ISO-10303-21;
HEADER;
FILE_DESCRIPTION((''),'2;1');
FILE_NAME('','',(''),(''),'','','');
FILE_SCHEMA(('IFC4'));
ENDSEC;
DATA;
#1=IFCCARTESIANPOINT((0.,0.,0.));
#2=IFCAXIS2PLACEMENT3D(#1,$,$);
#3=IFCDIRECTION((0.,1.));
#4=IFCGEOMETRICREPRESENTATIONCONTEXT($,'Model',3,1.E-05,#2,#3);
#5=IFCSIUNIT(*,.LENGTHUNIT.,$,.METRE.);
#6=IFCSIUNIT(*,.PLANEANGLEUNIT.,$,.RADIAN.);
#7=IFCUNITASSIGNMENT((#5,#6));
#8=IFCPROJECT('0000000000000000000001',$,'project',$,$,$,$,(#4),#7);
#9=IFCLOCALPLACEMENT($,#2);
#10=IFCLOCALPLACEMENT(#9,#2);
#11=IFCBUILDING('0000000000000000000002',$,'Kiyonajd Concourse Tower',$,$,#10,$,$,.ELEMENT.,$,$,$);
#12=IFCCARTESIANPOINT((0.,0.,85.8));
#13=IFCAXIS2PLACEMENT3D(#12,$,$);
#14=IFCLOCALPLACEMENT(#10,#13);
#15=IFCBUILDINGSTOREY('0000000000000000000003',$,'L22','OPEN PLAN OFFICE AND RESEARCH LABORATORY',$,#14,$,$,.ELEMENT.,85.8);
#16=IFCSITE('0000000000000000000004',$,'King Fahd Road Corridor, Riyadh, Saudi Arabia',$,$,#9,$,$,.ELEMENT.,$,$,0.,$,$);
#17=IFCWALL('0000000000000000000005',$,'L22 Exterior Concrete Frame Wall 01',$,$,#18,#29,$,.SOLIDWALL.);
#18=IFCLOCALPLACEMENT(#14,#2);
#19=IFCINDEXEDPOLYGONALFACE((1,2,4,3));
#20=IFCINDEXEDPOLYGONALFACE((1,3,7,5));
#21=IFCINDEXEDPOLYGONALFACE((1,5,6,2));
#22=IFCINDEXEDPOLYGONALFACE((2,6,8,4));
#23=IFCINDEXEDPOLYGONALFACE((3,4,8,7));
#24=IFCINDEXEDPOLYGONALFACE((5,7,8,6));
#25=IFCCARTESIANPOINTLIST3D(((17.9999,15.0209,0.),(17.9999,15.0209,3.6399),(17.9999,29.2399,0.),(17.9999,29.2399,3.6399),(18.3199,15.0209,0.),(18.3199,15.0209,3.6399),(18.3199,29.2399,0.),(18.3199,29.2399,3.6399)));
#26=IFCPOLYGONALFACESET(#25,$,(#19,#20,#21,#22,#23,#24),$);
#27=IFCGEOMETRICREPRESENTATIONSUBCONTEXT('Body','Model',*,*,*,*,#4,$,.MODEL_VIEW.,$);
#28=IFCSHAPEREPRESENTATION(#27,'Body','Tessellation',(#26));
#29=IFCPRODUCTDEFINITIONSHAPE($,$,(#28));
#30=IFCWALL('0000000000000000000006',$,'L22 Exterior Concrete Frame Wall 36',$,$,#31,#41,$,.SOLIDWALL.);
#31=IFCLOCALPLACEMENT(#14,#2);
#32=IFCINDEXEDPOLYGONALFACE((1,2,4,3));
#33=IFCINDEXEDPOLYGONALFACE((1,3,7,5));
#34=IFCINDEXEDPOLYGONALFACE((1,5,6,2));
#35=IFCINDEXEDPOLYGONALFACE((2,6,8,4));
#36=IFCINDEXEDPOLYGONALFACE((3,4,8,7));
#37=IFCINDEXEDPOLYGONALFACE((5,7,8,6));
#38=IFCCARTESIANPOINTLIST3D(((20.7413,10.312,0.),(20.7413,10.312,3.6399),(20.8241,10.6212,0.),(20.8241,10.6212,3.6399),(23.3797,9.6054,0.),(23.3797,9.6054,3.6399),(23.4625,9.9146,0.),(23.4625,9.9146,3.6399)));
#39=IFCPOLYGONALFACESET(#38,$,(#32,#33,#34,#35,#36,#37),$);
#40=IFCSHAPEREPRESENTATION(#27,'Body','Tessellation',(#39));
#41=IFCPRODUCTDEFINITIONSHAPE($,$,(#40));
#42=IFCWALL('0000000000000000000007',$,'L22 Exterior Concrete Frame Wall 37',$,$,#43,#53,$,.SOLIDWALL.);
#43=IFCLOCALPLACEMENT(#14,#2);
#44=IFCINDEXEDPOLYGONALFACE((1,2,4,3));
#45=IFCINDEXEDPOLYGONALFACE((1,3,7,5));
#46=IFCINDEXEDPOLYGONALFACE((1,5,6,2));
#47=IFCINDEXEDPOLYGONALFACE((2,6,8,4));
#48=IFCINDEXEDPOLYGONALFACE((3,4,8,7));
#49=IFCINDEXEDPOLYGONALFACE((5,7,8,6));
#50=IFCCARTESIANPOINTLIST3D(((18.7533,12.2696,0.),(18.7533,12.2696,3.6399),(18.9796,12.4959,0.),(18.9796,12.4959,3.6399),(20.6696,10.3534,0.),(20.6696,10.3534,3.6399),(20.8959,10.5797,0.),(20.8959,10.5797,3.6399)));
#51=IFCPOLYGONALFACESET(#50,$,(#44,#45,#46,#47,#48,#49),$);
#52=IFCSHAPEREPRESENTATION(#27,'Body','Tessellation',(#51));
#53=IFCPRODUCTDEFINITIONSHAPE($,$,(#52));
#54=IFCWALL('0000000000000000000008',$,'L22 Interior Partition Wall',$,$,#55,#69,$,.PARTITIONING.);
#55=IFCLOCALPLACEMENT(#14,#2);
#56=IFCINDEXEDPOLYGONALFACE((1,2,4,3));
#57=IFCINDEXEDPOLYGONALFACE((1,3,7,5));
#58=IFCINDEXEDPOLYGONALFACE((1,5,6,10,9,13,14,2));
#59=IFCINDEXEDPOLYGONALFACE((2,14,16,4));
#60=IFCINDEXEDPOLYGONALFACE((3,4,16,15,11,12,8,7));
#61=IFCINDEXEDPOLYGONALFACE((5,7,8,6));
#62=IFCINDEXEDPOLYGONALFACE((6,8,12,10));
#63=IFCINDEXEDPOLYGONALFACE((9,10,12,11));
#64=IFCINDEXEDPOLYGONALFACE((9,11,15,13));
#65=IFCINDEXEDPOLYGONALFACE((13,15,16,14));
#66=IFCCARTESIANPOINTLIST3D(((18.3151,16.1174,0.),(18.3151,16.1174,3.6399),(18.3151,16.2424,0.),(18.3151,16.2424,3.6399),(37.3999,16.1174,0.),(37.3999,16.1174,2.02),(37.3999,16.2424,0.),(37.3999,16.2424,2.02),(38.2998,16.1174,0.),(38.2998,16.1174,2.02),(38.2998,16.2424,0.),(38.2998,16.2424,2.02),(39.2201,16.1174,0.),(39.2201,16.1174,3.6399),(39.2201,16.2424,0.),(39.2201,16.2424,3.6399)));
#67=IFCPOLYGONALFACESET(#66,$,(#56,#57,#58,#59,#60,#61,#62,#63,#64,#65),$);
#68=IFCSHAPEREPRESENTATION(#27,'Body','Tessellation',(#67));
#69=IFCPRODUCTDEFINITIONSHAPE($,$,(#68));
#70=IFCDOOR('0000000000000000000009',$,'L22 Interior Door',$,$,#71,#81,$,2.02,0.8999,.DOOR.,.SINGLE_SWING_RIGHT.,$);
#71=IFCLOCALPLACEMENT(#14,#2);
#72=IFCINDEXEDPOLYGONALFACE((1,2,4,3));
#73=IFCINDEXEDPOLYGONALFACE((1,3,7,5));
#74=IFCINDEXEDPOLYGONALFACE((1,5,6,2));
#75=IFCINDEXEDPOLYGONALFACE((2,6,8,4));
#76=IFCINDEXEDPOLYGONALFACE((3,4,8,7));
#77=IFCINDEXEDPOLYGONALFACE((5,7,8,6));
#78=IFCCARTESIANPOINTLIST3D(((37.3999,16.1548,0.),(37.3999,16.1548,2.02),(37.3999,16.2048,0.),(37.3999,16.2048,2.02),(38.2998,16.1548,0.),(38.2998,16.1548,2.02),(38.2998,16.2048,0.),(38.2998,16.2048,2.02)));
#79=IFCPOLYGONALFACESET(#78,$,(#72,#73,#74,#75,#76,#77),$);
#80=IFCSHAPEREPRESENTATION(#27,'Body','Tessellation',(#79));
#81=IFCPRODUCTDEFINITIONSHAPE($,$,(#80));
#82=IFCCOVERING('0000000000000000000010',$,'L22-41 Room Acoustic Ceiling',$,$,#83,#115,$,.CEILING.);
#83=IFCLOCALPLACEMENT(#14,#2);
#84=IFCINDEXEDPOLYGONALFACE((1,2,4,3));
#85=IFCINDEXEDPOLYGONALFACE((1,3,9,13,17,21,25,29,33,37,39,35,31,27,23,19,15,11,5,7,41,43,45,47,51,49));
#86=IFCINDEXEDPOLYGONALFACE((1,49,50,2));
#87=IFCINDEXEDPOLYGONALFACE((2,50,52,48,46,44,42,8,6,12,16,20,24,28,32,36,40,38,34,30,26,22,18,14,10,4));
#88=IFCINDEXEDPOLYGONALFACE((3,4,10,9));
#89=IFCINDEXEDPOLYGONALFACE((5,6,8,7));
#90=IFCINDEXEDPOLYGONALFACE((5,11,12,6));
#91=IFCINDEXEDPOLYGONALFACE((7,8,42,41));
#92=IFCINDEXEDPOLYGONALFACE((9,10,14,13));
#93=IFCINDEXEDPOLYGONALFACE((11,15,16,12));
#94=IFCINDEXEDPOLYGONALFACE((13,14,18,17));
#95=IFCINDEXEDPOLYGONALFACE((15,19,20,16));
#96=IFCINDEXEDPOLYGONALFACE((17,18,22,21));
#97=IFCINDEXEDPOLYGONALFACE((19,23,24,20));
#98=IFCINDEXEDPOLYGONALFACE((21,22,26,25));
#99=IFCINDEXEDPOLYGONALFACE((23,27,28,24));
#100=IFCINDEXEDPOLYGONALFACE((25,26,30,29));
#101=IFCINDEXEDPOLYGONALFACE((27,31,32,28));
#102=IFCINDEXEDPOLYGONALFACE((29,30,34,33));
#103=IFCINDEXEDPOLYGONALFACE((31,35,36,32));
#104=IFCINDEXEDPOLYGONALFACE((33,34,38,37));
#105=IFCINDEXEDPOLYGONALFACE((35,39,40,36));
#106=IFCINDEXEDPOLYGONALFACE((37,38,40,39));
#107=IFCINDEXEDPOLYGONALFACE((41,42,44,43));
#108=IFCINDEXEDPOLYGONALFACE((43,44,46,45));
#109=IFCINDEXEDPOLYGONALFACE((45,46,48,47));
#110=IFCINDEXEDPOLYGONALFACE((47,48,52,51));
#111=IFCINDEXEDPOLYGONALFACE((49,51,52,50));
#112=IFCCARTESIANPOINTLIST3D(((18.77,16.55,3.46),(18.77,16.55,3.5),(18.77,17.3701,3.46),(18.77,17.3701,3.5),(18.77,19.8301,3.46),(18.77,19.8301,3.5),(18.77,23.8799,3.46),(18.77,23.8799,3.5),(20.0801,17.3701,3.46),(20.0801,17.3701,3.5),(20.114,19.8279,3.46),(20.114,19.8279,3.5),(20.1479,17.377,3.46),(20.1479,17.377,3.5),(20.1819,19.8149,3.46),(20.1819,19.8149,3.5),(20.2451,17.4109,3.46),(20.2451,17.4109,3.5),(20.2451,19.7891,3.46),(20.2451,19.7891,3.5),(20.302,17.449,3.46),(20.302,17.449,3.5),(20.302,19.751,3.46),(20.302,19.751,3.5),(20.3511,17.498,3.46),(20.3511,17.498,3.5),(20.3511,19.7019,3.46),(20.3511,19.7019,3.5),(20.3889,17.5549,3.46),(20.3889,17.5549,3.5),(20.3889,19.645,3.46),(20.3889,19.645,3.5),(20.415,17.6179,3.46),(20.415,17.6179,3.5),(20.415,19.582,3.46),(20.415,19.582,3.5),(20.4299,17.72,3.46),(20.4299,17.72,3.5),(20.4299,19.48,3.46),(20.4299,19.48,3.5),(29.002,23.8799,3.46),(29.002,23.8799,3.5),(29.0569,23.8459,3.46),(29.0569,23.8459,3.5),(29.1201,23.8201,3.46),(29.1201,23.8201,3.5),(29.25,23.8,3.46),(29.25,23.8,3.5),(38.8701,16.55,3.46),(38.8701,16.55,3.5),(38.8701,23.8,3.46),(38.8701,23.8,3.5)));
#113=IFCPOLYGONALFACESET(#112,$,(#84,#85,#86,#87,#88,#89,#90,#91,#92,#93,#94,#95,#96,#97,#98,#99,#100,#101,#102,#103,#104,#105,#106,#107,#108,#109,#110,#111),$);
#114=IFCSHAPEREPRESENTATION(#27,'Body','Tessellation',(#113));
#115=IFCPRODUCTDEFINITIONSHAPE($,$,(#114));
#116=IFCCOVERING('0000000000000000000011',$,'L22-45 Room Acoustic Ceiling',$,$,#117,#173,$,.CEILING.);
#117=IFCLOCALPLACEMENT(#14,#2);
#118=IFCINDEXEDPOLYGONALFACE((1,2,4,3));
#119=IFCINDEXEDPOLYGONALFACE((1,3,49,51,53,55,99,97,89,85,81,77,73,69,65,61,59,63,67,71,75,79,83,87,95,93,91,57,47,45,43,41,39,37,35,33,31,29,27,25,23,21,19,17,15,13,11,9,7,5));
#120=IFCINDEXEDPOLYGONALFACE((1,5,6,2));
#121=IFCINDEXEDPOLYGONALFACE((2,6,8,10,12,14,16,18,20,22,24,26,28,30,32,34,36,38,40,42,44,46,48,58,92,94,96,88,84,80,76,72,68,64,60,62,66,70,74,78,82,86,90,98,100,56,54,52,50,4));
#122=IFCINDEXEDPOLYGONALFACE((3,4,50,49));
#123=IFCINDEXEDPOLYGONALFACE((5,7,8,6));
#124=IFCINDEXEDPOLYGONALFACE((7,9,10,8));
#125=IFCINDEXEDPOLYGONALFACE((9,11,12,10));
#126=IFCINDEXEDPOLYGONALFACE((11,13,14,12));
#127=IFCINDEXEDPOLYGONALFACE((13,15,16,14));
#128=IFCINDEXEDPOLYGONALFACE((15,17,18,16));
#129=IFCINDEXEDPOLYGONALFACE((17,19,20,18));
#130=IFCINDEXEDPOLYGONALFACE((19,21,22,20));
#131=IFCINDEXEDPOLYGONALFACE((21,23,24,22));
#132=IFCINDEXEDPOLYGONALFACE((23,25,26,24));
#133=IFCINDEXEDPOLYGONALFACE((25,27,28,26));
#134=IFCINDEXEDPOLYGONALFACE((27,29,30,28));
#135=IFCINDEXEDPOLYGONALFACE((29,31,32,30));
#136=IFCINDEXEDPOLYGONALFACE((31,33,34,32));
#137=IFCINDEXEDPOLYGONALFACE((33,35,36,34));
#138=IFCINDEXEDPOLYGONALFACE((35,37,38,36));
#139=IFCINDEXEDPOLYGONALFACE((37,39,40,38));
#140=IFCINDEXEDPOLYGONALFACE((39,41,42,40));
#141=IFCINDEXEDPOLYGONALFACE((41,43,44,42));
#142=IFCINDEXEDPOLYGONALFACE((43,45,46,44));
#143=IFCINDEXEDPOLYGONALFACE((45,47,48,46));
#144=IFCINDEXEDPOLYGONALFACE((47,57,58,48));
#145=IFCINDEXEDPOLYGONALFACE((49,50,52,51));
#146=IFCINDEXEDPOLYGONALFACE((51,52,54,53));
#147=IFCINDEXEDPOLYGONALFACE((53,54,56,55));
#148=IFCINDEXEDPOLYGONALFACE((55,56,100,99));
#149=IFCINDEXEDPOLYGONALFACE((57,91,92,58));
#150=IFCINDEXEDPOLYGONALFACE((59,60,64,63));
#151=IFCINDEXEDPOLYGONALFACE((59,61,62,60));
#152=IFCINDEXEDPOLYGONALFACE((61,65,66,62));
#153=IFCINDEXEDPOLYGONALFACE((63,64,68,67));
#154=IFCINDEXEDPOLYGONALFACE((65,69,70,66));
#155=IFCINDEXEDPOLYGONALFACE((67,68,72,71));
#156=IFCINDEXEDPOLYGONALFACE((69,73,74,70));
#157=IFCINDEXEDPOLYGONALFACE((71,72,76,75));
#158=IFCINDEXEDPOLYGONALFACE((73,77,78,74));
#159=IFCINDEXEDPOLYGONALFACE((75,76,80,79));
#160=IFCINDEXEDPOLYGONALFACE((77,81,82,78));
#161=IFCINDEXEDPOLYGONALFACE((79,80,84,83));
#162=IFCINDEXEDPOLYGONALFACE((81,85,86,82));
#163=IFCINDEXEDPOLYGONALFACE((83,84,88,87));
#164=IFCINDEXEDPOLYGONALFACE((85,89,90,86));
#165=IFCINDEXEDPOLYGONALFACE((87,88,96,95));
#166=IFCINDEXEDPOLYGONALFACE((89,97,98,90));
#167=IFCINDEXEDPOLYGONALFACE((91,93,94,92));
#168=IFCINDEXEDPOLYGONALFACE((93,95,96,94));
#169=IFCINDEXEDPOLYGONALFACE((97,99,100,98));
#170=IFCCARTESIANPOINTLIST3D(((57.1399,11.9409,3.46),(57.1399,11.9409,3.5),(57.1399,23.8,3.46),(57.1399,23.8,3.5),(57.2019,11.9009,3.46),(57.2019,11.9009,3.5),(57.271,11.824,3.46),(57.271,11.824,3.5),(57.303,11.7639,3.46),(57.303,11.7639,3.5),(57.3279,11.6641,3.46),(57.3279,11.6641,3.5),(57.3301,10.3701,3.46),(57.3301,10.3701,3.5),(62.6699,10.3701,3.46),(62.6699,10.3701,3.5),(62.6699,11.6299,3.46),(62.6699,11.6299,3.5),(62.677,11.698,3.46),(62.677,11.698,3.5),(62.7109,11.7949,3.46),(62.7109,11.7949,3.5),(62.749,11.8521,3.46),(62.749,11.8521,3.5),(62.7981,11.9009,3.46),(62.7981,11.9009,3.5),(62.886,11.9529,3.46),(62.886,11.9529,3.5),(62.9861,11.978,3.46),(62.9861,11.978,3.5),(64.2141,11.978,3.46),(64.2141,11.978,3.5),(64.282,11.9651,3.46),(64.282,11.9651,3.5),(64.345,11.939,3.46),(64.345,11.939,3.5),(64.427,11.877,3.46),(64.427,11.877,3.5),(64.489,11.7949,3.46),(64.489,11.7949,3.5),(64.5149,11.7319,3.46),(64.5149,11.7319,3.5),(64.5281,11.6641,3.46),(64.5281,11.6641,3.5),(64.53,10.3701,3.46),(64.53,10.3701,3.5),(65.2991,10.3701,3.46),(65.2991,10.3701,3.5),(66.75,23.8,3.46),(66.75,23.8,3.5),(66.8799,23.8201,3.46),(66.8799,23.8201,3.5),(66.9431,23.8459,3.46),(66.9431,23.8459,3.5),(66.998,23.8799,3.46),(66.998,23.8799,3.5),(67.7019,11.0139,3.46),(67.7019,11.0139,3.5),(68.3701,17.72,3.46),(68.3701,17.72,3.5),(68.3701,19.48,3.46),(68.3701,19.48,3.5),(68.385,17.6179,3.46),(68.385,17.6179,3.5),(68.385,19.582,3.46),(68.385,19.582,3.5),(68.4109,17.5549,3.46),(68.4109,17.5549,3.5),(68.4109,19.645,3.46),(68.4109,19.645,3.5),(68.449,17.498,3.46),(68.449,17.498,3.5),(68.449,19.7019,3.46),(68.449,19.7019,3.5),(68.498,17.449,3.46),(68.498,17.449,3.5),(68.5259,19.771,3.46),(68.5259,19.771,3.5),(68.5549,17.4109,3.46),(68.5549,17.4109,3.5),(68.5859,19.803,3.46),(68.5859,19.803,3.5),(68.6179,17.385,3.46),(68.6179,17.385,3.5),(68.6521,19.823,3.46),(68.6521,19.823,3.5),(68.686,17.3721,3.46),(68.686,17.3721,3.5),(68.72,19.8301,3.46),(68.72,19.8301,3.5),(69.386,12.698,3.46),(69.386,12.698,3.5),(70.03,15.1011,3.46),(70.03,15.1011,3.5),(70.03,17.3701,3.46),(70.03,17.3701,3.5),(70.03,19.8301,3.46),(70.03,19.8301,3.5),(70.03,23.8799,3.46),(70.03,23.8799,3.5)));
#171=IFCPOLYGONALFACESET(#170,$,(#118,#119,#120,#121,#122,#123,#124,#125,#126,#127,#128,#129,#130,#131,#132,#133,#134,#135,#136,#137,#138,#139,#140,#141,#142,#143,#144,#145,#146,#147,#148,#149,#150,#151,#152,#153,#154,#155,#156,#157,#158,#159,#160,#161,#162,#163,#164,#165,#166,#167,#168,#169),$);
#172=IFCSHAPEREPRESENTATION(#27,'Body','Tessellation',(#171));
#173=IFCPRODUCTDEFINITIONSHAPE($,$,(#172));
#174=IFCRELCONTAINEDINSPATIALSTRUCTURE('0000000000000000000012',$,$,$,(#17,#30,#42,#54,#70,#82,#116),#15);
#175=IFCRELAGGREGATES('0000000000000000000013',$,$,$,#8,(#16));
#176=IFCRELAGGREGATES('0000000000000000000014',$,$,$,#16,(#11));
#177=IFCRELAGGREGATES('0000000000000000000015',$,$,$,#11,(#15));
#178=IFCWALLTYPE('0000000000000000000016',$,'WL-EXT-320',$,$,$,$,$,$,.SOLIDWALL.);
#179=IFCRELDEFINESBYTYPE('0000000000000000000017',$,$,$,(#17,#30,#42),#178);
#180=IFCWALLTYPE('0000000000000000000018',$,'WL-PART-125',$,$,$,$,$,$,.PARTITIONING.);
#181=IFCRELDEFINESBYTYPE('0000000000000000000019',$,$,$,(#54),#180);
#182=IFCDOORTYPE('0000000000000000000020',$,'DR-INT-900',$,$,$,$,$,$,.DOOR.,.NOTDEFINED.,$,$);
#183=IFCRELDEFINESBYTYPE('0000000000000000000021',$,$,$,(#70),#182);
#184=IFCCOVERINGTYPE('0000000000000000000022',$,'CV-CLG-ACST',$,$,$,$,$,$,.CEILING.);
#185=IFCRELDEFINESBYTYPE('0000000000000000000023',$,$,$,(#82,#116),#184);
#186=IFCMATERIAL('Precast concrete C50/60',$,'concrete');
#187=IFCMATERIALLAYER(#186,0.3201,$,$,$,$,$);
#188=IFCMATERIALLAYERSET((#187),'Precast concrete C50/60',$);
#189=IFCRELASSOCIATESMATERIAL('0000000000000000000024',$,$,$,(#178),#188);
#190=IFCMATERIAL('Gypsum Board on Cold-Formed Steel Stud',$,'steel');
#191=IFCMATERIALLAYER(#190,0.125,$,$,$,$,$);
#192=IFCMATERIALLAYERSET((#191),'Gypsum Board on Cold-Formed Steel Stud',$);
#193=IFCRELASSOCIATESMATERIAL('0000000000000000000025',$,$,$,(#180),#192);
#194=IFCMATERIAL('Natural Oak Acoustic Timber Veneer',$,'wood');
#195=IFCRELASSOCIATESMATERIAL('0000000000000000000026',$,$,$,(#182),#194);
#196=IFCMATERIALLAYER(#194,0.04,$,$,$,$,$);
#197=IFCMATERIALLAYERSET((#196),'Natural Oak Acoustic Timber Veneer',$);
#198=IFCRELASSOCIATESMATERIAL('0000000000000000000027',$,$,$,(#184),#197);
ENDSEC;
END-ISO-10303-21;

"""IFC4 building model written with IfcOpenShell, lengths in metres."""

from ifc_helpers import new_model, si_unit, direction, frame, frame_2d, origin, place, context, subcontext, project, spatial, polyline, rectangle, outline, extrude, material, layer, layer_set, type_object, element, fill, save


model = new_model("IFC4")

# Units and contexts
model_context = context("Model", 3, precision=1e-05, world=origin(), true_north=direction((0.0, 1.0)))
body_context = subcontext(model_context, "Body", "Model", "MODEL_VIEW")
ifc_project = project(units=[si_unit("LENGTHUNIT", "METRE"), si_unit("PLANEANGLEUNIT", "RADIAN")], contexts=[model_context])

# Site, building, storey
site_placement = place(None, origin())
site = spatial("IfcSite", under=ifc_project, at=site_placement, Name="King Fahd Road Corridor, Riyadh, Saudi Arabia", CompositionType="ELEMENT", RefElevation=0.0)
building_placement = place(site_placement, origin())
building = spatial("IfcBuilding", under=site, at=building_placement, Name="Kiyonajd Concourse Tower", CompositionType="ELEMENT")
storey_placement = place(building_placement, frame((0.0, 0.0, 85.8)))
storey = spatial("IfcBuildingStorey", under=building, at=storey_placement, Name="L22", Description="OPEN PLAN OFFICE AND RESEARCH LABORATORY", CompositionType="ELEMENT", Elevation=85.8)

# Shared definitions
ifc_material_1 = material(Name="Precast concrete C50/60", Category="concrete")

# Walls
ifc_layer_1 = layer(ifc_material_1, 0.3201)
ifc_layer_set_1 = layer_set([ifc_layer_1], Name="Precast concrete C50/60")
wall_type_1 = type_object("IfcWallType", Name="WL-EXT-320", PredefinedType="SOLIDWALL", material=ifc_layer_set_1)
wall_1_placement = place(storey_placement, frame((18.1599, 15.021, 0.0), z_axis=(0.0, 0.0, 1.0), x_axis=(0.0, 1.0, 0.0)))
element("IfcWall", 1, at=wall_1_placement, inside=storey, type_object=wall_type_1, Name="L22 Exterior Concrete Frame Wall 01", PredefinedType="SOLIDWALL", context=body_context, shape_type="SweptSolid", body=[
    extrude(rectangle(XDim=14.219, YDim=0.3201, at=frame_2d((7.1094, 0.0))), origin(), (0.0, 0.0, 1.0), 3.6399),
])
wall_2_placement = place(storey_placement, frame((23.4211, 9.76, 0.0), z_axis=(0.0, 0.0, 1.0), x_axis=(-0.965964, 0.258675, 0.0)))
element("IfcWall", 2, at=wall_2_placement, inside=storey, type_object=wall_type_1, Name="L22 Exterior Concrete Frame Wall 36", PredefinedType="SOLIDWALL", context=body_context, shape_type="SweptSolid", body=[
    extrude(rectangle(XDim=2.7314, YDim=0.3201, at=frame_2d((1.3657, 0.0))), origin(), (0.0, 0.0, 1.0), 3.6399),
])
wall_3_placement = place(storey_placement, frame((20.7827, 10.4666, 0.0), z_axis=(0.0, 0.0, 1.0), x_axis=(-0.707107, 0.707107, 0.0)))
element("IfcWall", 3, at=wall_3_placement, inside=storey, type_object=wall_type_1, Name="L22 Exterior Concrete Frame Wall 37", PredefinedType="SOLIDWALL", context=body_context, shape_type="SweptSolid", body=[
    extrude(rectangle(XDim=2.71, YDim=0.3201, at=frame_2d((1.355, 0.0))), origin(), (0.0, 0.0, 1.0), 3.6399),
])

# Wall, opening, door
ifc_material_2 = material(Name="Gypsum Board on Cold-Formed Steel Stud", Category="steel")
ifc_layer_2 = layer(ifc_material_2, 0.125)
ifc_layer_set_2 = layer_set([ifc_layer_2], Name="Gypsum Board on Cold-Formed Steel Stud")
wall_type_2 = type_object("IfcWallType", Name="WL-PART-125", PredefinedType="PARTITIONING", material=ifc_layer_set_2)
wall_4_placement = place(storey_placement, frame((18.3149, 16.1799, 0.0), z_axis=(0.0, 0.0, 1.0), x_axis=(1.0, 0.0, 0.0)))
wall_4 = element("IfcWall", 4, at=wall_4_placement, inside=storey, type_object=wall_type_2, Name="L22 Interior Partition Wall", PredefinedType="PARTITIONING", context=body_context, shape_type="SweptSolid", body=[
    extrude(rectangle(XDim=20.905, YDim=0.125, at=frame_2d((10.4526, 0.0))), origin(), (0.0, 0.0, 1.0), 3.6399),
])
opening_placement = place(wall_4_placement, frame((19.085, 0.0, 0.0)))
opening = element("IfcOpeningElement", 5, at=opening_placement, cuts=wall_4, PredefinedType="OPENING", context=body_context, shape_type="SweptSolid", body=[
    extrude(rectangle(XDim=0.8999, YDim=2.02, at=frame_2d((0.45, 1.01))), frame((0.0, 0.0725, 0.0), z_axis=(0.0, -1.0, 0.0), x_axis=(1.0, 0.0, 0.0)), (0.0, 0.0, 1.0), 0.145),
])
ifc_material_3 = material(Name="Natural Oak Acoustic Timber Veneer", Category="wood")
door_type = type_object("IfcDoorType", Name="DR-INT-900", OperationType="NOTDEFINED", PredefinedType="DOOR", material=ifc_material_3)
door_placement = place(opening_placement, origin())
door = element("IfcDoor", 6, at=door_placement, inside=storey, type_object=door_type, Name="L22 Interior Door", OperationType="SINGLE_SWING_RIGHT", OverallHeight=2.02, OverallWidth=0.8999, PredefinedType="DOOR", context=body_context, shape_type="SweptSolid", body=[
    extrude(rectangle(XDim=0.8999, YDim=2.02, at=frame_2d((0.45, 1.01))), frame((0.0, 0.0249, 0.0), z_axis=(0.0, -1.0, 0.0), x_axis=(1.0, 0.0, 0.0)), (0.0, 0.0, 1.0), 0.05),
])
fill(opening, door)

# Coverings
ifc_layer_3 = layer(ifc_material_3, 0.04)
ifc_layer_set_3 = layer_set([ifc_layer_3], Name="Natural Oak Acoustic Timber Veneer")
covering_type = type_object("IfcCoveringType", Name="CV-CLG-ACST", PredefinedType="CEILING", material=ifc_layer_set_3)
covering_1_placement = place(storey_placement, frame((0.0, 0.0, 3.46)))
element("IfcCovering", 7, at=covering_1_placement, inside=storey, type_object=covering_type, Name="L22-41 Room Acoustic Ceiling", PredefinedType="CEILING", context=body_context, shape_type="SweptSolid", body=[
    extrude(outline(polyline([(29.002, 23.8799), (29.0569, 23.8459), (29.1201, 23.8201), (29.25, 23.8), (38.8701, 23.8), (38.8701, 16.55), (18.77, 16.55), (18.77, 17.3701), (20.0801, 17.3701), (20.1479, 17.377), (20.2451, 17.4109), (20.302, 17.449), (20.3511, 17.498), (20.3889, 17.5549), (20.415, 17.6179), (20.4299, 17.72), (20.4299, 19.48), (20.415, 19.582), (20.3889, 19.645), (20.3511, 19.7019), (20.302, 19.751), (20.2451, 19.7891), (20.1819, 19.8149), (20.114, 19.8279), (18.77, 19.8301), (18.77, 23.8799), (29.002, 23.8799)])), origin(), (0.0, 0.0, 1.0), 0.04),
])
covering_2_placement = place(storey_placement, frame((0.0, 0.0, 3.46)))
element("IfcCovering", 8, at=covering_2_placement, inside=storey, type_object=covering_type, Name="L22-45 Room Acoustic Ceiling", PredefinedType="CEILING", context=body_context, shape_type="SweptSolid", body=[
    extrude(outline(polyline([(57.1399, 11.9409), (57.1399, 23.8), (66.75, 23.8), (66.8799, 23.8201), (66.9431, 23.8459), (66.998, 23.8799), (70.03, 23.8799), (70.03, 19.8301), (68.72, 19.8301), (68.6521, 19.823), (68.5859, 19.803), (68.5259, 19.771), (68.449, 19.7019), (68.4109, 19.645), (68.385, 19.582), (68.3701, 19.48), (68.3701, 17.72), (68.385, 17.6179), (68.4109, 17.5549), (68.449, 17.498), (68.498, 17.449), (68.5549, 17.4109), (68.6179, 17.385), (68.686, 17.3721), (70.03, 17.3701), (70.03, 15.1011), (69.386, 12.698), (67.7019, 11.0139), (65.2991, 10.3701), (64.53, 10.3701), (64.5281, 11.6641), (64.5149, 11.7319), (64.489, 11.7949), (64.427, 11.877), (64.345, 11.939), (64.282, 11.9651), (64.2141, 11.978), (62.9861, 11.978), (62.886, 11.9529), (62.7981, 11.9009), (62.749, 11.8521), (62.7109, 11.7949), (62.677, 11.698), (62.6699, 11.6299), (62.6699, 10.3701), (57.3301, 10.3701), (57.3279, 11.6641), (57.303, 11.7639), (57.271, 11.824), (57.2019, 11.9009), (57.1399, 11.9409)])), origin(), (0.0, 0.0, 1.0), 0.04),
])

save(model, "model.ifc")
